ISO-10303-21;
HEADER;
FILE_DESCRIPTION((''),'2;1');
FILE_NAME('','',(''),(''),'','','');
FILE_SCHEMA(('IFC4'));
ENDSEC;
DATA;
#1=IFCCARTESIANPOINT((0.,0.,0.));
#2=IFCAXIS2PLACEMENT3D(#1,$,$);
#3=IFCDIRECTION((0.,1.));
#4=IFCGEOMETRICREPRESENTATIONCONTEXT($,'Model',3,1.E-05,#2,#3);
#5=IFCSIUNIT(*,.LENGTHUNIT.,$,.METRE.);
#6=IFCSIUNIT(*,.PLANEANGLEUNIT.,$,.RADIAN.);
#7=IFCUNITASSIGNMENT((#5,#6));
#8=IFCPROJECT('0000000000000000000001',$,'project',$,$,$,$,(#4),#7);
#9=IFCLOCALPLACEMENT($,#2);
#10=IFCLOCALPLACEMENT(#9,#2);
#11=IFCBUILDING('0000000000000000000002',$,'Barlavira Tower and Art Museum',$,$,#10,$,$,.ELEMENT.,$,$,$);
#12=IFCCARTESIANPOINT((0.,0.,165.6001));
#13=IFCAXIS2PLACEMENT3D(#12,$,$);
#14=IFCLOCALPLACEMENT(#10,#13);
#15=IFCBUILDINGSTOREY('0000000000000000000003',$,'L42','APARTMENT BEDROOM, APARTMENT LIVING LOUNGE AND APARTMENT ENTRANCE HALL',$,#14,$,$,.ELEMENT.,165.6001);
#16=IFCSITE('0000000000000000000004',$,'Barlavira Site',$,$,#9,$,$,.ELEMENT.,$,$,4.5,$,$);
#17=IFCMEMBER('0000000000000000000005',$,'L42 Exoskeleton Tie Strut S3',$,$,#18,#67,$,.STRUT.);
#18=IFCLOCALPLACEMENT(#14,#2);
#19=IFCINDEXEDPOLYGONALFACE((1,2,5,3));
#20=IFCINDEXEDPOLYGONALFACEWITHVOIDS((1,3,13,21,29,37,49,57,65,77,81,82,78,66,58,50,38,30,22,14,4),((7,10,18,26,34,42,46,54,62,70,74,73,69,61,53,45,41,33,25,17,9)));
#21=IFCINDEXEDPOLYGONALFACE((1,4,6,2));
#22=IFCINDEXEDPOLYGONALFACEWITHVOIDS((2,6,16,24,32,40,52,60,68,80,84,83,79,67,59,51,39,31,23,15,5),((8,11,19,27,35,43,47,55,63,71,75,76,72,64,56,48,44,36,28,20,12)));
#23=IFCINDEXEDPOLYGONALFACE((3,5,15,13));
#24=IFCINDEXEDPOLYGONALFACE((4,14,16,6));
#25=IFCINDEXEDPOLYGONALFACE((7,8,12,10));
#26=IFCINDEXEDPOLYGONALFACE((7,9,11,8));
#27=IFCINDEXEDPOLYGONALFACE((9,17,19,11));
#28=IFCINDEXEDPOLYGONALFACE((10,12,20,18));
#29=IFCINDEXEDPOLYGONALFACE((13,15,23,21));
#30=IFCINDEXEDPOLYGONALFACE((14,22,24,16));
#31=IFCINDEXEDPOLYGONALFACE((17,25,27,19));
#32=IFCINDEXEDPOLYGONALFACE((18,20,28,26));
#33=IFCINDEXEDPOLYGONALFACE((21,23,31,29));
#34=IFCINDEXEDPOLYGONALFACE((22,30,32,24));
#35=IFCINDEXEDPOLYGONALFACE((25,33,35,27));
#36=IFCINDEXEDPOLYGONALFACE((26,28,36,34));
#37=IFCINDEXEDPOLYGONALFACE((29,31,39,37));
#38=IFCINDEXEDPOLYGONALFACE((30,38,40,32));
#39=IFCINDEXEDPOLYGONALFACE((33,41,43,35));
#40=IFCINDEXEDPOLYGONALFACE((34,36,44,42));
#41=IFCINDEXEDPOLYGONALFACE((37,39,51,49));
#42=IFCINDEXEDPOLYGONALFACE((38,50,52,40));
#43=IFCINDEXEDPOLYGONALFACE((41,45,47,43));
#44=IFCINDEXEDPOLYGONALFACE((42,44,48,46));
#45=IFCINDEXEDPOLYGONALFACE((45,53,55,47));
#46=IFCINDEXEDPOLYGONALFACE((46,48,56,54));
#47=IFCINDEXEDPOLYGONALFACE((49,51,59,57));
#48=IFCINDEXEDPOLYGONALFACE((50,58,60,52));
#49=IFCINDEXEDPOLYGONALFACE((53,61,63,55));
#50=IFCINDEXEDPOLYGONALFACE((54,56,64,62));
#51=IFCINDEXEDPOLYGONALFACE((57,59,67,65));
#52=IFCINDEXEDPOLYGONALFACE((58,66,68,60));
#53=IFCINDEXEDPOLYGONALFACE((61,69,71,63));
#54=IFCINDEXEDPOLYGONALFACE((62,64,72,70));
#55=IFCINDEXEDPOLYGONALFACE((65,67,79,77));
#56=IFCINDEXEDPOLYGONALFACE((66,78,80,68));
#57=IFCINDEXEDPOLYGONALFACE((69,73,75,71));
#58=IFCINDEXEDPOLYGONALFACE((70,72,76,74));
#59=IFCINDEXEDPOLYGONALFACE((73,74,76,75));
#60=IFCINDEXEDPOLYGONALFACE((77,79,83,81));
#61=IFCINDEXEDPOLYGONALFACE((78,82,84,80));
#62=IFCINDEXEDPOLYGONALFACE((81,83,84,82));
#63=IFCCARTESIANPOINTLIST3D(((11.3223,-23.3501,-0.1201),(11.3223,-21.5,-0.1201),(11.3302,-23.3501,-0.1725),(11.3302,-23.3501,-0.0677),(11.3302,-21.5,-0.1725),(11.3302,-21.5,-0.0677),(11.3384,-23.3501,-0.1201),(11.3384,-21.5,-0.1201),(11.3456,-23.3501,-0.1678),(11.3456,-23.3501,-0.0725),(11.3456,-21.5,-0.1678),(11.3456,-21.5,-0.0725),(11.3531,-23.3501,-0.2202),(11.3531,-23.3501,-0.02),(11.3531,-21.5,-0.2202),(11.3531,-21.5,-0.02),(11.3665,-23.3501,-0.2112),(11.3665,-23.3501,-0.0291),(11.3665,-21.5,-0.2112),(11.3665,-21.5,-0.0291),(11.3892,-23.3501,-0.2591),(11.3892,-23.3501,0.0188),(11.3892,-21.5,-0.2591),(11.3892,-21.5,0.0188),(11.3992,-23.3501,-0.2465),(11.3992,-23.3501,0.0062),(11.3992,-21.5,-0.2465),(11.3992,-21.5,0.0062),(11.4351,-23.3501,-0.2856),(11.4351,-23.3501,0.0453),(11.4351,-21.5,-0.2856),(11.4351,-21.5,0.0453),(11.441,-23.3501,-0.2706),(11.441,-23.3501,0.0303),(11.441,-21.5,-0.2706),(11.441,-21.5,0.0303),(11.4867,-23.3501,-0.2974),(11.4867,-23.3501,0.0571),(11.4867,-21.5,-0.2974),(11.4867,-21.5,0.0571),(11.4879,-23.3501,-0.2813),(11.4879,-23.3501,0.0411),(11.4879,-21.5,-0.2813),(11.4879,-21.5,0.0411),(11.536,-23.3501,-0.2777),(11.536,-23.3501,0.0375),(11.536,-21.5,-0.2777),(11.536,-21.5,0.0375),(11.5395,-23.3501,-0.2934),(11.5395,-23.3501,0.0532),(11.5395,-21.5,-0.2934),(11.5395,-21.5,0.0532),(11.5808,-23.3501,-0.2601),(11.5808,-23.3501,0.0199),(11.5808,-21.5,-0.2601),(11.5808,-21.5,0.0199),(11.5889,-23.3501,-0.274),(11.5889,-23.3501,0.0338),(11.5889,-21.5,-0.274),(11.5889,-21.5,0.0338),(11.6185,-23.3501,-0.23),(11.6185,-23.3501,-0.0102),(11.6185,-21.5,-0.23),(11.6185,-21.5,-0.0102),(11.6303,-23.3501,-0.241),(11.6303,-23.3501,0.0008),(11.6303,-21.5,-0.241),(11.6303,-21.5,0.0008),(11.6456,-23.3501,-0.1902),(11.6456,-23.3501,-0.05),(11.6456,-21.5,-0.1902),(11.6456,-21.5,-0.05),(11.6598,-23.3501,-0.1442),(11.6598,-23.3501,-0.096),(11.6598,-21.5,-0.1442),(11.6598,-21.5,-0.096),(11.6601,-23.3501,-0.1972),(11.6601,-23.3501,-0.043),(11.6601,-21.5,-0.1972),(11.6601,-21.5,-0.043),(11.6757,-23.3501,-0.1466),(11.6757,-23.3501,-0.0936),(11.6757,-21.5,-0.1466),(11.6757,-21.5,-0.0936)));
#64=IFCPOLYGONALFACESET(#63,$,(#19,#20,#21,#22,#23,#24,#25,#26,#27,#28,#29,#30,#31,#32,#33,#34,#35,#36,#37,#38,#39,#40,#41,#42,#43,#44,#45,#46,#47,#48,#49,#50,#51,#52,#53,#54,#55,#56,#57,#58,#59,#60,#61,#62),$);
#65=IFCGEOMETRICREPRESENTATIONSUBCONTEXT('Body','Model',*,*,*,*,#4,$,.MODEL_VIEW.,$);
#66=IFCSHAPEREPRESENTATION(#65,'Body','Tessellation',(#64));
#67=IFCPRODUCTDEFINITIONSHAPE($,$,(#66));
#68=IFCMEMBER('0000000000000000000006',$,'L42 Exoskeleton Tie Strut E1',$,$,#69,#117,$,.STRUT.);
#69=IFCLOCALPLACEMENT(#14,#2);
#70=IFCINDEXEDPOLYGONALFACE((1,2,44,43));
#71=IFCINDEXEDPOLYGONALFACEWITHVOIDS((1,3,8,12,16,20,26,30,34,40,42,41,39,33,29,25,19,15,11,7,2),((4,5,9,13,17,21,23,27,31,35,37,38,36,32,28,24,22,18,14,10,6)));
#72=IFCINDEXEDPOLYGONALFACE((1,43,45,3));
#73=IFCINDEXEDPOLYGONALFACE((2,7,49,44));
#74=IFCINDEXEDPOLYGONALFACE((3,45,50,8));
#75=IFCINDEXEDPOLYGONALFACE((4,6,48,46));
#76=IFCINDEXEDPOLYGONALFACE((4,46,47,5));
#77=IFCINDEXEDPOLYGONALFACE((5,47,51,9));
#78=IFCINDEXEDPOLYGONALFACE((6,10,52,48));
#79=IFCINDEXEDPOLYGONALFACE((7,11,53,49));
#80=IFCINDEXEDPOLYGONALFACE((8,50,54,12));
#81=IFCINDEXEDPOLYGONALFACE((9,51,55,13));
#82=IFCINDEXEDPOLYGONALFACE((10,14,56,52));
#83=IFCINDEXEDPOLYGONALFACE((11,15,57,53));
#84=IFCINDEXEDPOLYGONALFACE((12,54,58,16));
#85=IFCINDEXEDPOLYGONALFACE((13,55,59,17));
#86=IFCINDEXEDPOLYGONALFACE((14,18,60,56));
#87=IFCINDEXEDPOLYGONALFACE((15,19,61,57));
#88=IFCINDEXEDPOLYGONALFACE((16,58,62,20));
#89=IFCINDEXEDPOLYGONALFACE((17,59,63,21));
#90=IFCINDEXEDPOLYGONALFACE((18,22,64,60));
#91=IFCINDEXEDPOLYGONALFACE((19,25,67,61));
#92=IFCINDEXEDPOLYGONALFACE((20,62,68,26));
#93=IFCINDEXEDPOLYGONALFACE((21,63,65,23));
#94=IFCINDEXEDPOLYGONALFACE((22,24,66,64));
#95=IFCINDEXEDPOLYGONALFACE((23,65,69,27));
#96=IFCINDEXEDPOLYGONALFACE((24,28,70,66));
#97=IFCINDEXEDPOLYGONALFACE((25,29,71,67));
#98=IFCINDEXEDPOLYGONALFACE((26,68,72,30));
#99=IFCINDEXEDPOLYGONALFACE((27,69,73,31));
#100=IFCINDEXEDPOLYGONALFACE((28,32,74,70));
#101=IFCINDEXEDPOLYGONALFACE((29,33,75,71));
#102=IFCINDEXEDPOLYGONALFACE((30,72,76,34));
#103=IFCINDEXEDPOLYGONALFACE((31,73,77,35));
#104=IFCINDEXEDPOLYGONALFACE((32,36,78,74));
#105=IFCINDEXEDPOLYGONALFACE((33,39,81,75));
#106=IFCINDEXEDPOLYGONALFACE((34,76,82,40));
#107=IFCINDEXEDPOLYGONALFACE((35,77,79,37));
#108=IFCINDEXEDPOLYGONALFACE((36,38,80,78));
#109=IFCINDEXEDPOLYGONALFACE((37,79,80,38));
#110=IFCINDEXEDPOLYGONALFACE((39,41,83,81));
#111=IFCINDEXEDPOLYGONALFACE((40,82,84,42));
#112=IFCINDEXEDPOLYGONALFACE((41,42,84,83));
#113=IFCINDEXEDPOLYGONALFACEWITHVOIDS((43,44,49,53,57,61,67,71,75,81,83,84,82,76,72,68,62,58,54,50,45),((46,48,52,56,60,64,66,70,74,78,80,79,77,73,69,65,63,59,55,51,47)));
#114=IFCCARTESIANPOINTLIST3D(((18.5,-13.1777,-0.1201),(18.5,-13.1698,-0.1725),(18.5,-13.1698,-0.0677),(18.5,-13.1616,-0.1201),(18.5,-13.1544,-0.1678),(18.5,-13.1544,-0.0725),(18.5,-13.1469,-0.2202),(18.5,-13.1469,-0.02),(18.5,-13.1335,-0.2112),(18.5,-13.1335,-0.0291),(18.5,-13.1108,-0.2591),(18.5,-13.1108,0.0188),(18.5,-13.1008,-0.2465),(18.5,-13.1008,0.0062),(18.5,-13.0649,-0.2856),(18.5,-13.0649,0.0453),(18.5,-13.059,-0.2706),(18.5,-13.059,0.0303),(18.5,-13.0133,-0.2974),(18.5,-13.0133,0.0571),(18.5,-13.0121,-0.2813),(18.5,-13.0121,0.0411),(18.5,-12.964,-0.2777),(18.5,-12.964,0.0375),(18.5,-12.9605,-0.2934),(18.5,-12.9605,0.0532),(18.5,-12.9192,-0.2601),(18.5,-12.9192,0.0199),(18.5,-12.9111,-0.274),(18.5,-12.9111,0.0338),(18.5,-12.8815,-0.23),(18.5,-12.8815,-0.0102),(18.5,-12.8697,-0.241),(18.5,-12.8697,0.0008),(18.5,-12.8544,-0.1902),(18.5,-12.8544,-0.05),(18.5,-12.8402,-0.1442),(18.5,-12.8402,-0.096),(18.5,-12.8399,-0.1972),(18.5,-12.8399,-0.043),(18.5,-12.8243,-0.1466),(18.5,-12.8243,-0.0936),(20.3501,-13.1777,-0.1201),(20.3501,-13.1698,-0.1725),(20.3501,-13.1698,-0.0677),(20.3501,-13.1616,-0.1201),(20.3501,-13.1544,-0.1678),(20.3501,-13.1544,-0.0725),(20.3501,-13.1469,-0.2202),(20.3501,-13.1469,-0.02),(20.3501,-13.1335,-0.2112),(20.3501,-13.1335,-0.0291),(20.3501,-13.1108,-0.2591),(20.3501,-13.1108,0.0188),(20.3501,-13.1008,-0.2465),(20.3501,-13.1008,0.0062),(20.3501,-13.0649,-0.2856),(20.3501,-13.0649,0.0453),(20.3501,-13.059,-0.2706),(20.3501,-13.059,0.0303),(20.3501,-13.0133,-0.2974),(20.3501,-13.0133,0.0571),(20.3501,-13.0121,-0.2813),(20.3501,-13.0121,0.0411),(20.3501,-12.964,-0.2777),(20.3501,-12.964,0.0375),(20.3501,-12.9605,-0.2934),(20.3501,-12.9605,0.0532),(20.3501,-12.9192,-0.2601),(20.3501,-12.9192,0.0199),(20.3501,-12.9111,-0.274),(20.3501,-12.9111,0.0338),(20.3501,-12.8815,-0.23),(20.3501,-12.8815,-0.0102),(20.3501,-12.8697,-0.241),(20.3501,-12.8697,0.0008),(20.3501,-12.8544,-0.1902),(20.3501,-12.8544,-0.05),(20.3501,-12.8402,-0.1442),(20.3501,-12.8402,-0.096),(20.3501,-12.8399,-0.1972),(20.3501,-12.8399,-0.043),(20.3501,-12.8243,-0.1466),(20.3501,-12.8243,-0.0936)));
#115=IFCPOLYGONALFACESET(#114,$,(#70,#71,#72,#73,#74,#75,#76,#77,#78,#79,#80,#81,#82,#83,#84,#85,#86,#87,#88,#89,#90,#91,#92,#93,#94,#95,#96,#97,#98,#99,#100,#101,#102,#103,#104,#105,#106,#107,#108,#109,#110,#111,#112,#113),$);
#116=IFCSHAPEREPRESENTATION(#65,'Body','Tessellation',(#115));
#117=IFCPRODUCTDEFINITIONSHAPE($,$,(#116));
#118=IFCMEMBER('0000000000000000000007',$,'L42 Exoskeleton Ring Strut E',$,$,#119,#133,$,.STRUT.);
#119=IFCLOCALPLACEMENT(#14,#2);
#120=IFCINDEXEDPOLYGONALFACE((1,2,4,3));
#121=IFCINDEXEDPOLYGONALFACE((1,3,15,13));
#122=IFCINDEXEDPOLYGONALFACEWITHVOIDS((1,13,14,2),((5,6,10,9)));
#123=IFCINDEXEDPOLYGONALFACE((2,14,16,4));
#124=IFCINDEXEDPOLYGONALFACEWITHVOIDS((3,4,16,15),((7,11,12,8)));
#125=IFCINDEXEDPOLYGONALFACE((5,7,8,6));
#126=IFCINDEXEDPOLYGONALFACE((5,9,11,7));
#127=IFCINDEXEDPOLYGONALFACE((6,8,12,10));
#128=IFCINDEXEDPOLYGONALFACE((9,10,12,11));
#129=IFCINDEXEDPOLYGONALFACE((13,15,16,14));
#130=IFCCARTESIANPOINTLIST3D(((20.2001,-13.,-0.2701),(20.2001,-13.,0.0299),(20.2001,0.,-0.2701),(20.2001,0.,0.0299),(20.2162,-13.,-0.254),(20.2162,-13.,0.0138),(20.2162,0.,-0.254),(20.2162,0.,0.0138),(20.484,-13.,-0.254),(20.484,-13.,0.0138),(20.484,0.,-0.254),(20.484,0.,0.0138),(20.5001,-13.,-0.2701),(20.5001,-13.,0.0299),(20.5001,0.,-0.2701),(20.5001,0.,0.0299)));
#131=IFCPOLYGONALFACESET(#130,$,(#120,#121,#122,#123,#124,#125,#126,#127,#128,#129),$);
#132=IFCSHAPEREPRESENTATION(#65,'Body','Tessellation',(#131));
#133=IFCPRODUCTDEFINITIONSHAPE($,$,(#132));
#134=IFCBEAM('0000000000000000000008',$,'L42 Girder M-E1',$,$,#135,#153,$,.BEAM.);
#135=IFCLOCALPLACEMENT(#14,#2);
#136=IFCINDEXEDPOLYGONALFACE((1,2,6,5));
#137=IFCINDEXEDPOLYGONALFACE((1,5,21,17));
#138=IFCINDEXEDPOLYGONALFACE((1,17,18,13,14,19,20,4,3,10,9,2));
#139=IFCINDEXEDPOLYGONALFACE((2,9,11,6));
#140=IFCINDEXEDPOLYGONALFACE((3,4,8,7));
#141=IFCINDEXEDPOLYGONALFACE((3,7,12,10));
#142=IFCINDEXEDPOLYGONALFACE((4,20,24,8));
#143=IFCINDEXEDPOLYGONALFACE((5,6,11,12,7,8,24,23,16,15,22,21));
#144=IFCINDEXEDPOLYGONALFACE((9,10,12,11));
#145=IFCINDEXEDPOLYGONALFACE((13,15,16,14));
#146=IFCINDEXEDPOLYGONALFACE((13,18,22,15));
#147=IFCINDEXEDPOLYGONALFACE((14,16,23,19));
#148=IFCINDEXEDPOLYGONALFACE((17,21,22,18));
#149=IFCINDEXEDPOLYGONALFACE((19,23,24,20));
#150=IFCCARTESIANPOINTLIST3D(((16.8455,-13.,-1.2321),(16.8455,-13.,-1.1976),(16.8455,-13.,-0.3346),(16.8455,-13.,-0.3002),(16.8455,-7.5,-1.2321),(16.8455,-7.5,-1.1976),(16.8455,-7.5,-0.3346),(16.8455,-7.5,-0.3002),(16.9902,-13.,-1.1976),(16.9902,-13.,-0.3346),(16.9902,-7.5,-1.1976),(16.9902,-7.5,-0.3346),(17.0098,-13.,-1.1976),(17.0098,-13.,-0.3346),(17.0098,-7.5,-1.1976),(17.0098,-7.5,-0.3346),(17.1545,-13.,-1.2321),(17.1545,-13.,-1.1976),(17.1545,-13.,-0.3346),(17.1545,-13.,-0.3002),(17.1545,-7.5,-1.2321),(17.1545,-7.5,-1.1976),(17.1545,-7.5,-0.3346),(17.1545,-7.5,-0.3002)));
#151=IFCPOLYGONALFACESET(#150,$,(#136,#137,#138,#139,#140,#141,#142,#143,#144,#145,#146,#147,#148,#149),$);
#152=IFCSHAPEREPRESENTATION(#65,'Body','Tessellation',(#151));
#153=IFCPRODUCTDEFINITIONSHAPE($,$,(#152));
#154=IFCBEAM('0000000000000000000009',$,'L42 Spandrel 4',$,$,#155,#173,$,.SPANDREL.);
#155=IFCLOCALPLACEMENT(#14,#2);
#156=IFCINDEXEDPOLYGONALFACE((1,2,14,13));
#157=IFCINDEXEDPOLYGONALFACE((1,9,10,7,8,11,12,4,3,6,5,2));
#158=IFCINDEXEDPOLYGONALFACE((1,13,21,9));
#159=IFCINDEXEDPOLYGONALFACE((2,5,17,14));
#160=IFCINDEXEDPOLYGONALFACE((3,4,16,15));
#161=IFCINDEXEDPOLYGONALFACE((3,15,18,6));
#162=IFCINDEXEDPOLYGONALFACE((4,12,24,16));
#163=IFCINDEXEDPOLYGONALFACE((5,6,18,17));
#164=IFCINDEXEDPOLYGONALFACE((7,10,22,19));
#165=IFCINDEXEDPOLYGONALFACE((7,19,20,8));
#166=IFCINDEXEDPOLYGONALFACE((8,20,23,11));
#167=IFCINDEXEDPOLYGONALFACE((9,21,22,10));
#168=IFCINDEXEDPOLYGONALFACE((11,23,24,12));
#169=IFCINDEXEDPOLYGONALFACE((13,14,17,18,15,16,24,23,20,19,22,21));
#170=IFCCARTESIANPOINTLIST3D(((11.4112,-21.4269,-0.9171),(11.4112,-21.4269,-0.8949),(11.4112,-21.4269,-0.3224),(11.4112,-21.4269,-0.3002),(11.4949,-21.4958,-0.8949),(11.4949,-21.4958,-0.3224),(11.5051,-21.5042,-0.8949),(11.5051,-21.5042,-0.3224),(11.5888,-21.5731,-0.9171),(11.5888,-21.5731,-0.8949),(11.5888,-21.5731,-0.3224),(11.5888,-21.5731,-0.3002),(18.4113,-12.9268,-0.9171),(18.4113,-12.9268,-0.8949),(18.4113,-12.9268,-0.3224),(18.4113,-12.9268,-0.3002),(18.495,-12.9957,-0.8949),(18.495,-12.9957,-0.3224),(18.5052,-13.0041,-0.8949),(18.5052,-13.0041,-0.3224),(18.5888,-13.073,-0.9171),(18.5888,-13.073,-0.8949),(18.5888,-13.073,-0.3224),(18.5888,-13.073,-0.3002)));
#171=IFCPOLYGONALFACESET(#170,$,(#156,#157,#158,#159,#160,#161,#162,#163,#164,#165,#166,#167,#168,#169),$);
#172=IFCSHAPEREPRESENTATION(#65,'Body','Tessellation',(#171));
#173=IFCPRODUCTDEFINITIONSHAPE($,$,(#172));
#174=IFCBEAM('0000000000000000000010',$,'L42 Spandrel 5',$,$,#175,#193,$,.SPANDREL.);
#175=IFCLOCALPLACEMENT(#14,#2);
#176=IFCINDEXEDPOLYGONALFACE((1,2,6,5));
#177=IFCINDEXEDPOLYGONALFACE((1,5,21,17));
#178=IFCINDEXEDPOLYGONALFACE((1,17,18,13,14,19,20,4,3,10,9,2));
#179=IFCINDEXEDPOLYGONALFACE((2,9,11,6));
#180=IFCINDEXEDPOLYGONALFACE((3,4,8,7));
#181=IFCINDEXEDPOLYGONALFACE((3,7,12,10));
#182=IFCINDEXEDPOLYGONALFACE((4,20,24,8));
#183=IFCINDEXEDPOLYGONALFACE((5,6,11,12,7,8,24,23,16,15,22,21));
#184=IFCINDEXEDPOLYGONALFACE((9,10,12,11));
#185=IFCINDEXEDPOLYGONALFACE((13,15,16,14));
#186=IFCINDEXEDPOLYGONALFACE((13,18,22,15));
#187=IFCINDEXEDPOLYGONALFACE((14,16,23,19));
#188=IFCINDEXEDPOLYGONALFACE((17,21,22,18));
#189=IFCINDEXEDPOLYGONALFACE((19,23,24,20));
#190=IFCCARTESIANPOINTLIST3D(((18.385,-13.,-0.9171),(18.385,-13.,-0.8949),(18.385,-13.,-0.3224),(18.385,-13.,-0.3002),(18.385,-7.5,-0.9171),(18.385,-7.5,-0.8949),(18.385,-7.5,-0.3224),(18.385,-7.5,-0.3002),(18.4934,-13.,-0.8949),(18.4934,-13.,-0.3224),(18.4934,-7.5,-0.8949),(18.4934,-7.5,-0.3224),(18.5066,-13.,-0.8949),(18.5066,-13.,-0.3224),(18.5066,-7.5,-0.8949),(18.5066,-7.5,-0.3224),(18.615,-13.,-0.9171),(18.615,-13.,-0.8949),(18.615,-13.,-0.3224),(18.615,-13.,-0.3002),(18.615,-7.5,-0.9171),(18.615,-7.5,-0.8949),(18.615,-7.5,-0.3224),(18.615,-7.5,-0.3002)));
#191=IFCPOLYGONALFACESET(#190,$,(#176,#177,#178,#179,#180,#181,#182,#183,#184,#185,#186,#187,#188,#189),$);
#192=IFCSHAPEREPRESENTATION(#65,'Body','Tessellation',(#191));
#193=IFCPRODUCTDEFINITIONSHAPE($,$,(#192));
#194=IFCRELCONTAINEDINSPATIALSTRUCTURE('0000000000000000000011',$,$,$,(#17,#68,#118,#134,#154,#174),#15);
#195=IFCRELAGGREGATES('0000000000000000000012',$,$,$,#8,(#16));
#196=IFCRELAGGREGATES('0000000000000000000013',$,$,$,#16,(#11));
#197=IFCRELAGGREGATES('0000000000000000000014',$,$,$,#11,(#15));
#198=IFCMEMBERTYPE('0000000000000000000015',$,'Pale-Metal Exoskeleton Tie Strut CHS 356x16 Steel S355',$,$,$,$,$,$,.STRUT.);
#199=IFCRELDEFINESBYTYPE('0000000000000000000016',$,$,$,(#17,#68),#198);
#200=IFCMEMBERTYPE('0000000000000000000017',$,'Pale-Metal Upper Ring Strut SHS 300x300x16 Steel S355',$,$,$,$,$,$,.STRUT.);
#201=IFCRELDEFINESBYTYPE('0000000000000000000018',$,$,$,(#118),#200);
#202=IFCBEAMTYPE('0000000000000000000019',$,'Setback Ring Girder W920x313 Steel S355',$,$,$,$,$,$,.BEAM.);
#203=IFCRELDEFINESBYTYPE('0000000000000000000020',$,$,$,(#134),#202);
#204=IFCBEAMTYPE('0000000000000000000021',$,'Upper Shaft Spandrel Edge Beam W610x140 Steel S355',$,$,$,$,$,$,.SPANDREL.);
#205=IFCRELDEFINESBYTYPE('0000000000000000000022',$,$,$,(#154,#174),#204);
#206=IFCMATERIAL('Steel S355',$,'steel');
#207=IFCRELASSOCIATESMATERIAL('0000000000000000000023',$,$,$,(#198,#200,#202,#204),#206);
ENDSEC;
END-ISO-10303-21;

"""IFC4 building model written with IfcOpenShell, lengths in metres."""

from ifc_helpers import new_model, si_unit, direction, frame, origin, origin_2d, place, context, subcontext, project, spatial, hollow_rectangle, hollow_circle, i_section, extrude, material, material_profile, profile_set, type_object, element, save


model = new_model("IFC4")

# Units and contexts
model_context = context("Model", 3, precision=1e-05, world=origin(), true_north=direction((0.0, 1.0)))
body_context = subcontext(model_context, "Body", "Model", "MODEL_VIEW")
ifc_project = project(units=[si_unit("LENGTHUNIT", "METRE"), si_unit("PLANEANGLEUNIT", "RADIAN")], contexts=[model_context])

# Site, building, storey
site_placement = place(None, origin())
site = spatial("IfcSite", under=ifc_project, at=site_placement, Name="Barlavira Site", CompositionType="ELEMENT", RefElevation=4.5)
building_placement = place(site_placement, origin())
building = spatial("IfcBuilding", under=site, at=building_placement, Name="Barlavira Tower and Art Museum", CompositionType="ELEMENT")
storey_placement = place(building_placement, frame((0.0, 0.0, 165.6001)))
storey = spatial("IfcBuildingStorey", under=building, at=storey_placement, Name="L42", Description="APARTMENT BEDROOM, APARTMENT LIVING LOUNGE AND APARTMENT ENTRANCE HALL", CompositionType="ELEMENT", Elevation=165.6001)

# Members
ifc_material_1 = material(Name="Steel S355", Category="steel")
ifc_material_profile_1 = material_profile(ifc_material_1, hollow_circle(Radius=0.1777, WallThickness=0.0161, at=origin_2d()), Name="CHS 355.6x16.0")
ifc_profile_set_1 = profile_set([ifc_material_profile_1], Name="Steel S355")
member_type_1 = type_object("IfcMemberType", Name="Pale-Metal Exoskeleton Tie Strut CHS 356x16 Steel S355", PredefinedType="STRUT", material=ifc_profile_set_1)
for number, where, z_axis, x_axis, name in (
    (1, (11.5, -23.3501, -0.1201), (0.0, 1.0, 0.0), (-1.0, 0.0, 0.0), "L42 Exoskeleton Tie Strut S3"),
    (2, (20.3501, -13.0, -0.1201), (-1.0, 0.0, 0.0), (0.0, -1.0, 0.0), "L42 Exoskeleton Tie Strut E1"),
):
    element("IfcMember", number, at=place(storey_placement, frame(where, z_axis=z_axis, x_axis=x_axis)), inside=storey, type_object=member_type_1, Name=name, PredefinedType="STRUT", context=body_context, shape_type="SweptSolid", body=[
        extrude(hollow_circle(Radius=0.1777, WallThickness=0.0161, at=origin_2d()), origin(), (0.0, 0.0, 1.0), 1.8501),
    ])
ifc_material_profile_2 = material_profile(ifc_material_1, hollow_rectangle(XDim=0.3, YDim=0.3, WallThickness=0.0161, at=origin_2d()), Name="SHS 300x300x16.0")
ifc_profile_set_2 = profile_set([ifc_material_profile_2], Name="Steel S355")
member_type_2 = type_object("IfcMemberType", Name="Pale-Metal Upper Ring Strut SHS 300x300x16 Steel S355", PredefinedType="STRUT", material=ifc_profile_set_2)
member_1_placement = place(storey_placement, frame((20.3501, -13.0, -0.1201), z_axis=(0.0, 1.0, 0.0), x_axis=(-1.0, 0.0, 0.0)))
element("IfcMember", 3, at=member_1_placement, inside=storey, type_object=member_type_2, Name="L42 Exoskeleton Ring Strut E", PredefinedType="STRUT", context=body_context, shape_type="SweptSolid", body=[
    extrude(hollow_rectangle(XDim=0.3, YDim=0.3, WallThickness=0.0161, at=origin_2d()), origin(), (0.0, 0.0, 1.0), 13.0),
])

# Beams
ifc_material_profile_3 = material_profile(ifc_material_1, i_section(OverallWidth=0.3091, OverallDepth=0.9319, WebThickness=0.0195, FlangeThickness=0.0344, at=origin_2d()), Name="W920x313.0")
ifc_profile_set_3 = profile_set([ifc_material_profile_3], Name="Steel S355")
beam_type_1 = type_object("IfcBeamType", Name="Setback Ring Girder W920x313 Steel S355", PredefinedType="BEAM", material=ifc_profile_set_3)
beam_1_placement = place(storey_placement, frame((17.0, -13.0, -0.7661), z_axis=(0.0, 1.0, 0.0), x_axis=(-1.0, 0.0, 0.0)))
element("IfcBeam", 4, at=beam_1_placement, inside=storey, type_object=beam_type_1, Name="L42 Girder M-E1", PredefinedType="BEAM", context=body_context, shape_type="SweptSolid", body=[
    extrude(i_section(OverallWidth=0.3091, OverallDepth=0.9319, WebThickness=0.0195, FlangeThickness=0.0344, at=origin_2d()), origin(), (0.0, 0.0, 1.0), 5.5),
])
ifc_material_profile_4 = material_profile(ifc_material_1, i_section(OverallWidth=0.23, OverallDepth=0.6169, WebThickness=0.0132, FlangeThickness=0.0222, at=origin_2d()), Name="W610x140.0")
ifc_profile_set_4 = profile_set([ifc_material_profile_4], Name="Steel S355")
beam_type_2 = type_object("IfcBeamType", Name="Upper Shaft Spandrel Edge Beam W610x140 Steel S355", PredefinedType="SPANDREL", material=ifc_profile_set_4)
beam_2_placement = place(storey_placement, frame((11.5, -21.5, -0.6086), z_axis=(0.635707, 0.77193, 0.0), x_axis=(-0.77193, 0.635707, 0.0)))
element("IfcBeam", 5, at=beam_2_placement, inside=storey, type_object=beam_type_2, Name="L42 Spandrel 4", PredefinedType="SPANDREL", context=body_context, shape_type="SweptSolid", body=[
    extrude(i_section(OverallWidth=0.23, OverallDepth=0.6169, WebThickness=0.0132, FlangeThickness=0.0222, at=origin_2d()), origin(), (0.0, 0.0, 1.0), 11.0115),
])
beam_3_placement = place(storey_placement, frame((18.5, -13.0, -0.6086), z_axis=(0.0, 1.0, 0.0), x_axis=(-1.0, 0.0, 0.0)))
element("IfcBeam", 6, at=beam_3_placement, inside=storey, type_object=beam_type_2, Name="L42 Spandrel 5", PredefinedType="SPANDREL", context=body_context, shape_type="SweptSolid", body=[
    extrude(i_section(OverallWidth=0.23, OverallDepth=0.6169, WebThickness=0.0132, FlangeThickness=0.0222, at=origin_2d()), origin(), (0.0, 0.0, 1.0), 5.5),
])

save(model, "model.ifc")
